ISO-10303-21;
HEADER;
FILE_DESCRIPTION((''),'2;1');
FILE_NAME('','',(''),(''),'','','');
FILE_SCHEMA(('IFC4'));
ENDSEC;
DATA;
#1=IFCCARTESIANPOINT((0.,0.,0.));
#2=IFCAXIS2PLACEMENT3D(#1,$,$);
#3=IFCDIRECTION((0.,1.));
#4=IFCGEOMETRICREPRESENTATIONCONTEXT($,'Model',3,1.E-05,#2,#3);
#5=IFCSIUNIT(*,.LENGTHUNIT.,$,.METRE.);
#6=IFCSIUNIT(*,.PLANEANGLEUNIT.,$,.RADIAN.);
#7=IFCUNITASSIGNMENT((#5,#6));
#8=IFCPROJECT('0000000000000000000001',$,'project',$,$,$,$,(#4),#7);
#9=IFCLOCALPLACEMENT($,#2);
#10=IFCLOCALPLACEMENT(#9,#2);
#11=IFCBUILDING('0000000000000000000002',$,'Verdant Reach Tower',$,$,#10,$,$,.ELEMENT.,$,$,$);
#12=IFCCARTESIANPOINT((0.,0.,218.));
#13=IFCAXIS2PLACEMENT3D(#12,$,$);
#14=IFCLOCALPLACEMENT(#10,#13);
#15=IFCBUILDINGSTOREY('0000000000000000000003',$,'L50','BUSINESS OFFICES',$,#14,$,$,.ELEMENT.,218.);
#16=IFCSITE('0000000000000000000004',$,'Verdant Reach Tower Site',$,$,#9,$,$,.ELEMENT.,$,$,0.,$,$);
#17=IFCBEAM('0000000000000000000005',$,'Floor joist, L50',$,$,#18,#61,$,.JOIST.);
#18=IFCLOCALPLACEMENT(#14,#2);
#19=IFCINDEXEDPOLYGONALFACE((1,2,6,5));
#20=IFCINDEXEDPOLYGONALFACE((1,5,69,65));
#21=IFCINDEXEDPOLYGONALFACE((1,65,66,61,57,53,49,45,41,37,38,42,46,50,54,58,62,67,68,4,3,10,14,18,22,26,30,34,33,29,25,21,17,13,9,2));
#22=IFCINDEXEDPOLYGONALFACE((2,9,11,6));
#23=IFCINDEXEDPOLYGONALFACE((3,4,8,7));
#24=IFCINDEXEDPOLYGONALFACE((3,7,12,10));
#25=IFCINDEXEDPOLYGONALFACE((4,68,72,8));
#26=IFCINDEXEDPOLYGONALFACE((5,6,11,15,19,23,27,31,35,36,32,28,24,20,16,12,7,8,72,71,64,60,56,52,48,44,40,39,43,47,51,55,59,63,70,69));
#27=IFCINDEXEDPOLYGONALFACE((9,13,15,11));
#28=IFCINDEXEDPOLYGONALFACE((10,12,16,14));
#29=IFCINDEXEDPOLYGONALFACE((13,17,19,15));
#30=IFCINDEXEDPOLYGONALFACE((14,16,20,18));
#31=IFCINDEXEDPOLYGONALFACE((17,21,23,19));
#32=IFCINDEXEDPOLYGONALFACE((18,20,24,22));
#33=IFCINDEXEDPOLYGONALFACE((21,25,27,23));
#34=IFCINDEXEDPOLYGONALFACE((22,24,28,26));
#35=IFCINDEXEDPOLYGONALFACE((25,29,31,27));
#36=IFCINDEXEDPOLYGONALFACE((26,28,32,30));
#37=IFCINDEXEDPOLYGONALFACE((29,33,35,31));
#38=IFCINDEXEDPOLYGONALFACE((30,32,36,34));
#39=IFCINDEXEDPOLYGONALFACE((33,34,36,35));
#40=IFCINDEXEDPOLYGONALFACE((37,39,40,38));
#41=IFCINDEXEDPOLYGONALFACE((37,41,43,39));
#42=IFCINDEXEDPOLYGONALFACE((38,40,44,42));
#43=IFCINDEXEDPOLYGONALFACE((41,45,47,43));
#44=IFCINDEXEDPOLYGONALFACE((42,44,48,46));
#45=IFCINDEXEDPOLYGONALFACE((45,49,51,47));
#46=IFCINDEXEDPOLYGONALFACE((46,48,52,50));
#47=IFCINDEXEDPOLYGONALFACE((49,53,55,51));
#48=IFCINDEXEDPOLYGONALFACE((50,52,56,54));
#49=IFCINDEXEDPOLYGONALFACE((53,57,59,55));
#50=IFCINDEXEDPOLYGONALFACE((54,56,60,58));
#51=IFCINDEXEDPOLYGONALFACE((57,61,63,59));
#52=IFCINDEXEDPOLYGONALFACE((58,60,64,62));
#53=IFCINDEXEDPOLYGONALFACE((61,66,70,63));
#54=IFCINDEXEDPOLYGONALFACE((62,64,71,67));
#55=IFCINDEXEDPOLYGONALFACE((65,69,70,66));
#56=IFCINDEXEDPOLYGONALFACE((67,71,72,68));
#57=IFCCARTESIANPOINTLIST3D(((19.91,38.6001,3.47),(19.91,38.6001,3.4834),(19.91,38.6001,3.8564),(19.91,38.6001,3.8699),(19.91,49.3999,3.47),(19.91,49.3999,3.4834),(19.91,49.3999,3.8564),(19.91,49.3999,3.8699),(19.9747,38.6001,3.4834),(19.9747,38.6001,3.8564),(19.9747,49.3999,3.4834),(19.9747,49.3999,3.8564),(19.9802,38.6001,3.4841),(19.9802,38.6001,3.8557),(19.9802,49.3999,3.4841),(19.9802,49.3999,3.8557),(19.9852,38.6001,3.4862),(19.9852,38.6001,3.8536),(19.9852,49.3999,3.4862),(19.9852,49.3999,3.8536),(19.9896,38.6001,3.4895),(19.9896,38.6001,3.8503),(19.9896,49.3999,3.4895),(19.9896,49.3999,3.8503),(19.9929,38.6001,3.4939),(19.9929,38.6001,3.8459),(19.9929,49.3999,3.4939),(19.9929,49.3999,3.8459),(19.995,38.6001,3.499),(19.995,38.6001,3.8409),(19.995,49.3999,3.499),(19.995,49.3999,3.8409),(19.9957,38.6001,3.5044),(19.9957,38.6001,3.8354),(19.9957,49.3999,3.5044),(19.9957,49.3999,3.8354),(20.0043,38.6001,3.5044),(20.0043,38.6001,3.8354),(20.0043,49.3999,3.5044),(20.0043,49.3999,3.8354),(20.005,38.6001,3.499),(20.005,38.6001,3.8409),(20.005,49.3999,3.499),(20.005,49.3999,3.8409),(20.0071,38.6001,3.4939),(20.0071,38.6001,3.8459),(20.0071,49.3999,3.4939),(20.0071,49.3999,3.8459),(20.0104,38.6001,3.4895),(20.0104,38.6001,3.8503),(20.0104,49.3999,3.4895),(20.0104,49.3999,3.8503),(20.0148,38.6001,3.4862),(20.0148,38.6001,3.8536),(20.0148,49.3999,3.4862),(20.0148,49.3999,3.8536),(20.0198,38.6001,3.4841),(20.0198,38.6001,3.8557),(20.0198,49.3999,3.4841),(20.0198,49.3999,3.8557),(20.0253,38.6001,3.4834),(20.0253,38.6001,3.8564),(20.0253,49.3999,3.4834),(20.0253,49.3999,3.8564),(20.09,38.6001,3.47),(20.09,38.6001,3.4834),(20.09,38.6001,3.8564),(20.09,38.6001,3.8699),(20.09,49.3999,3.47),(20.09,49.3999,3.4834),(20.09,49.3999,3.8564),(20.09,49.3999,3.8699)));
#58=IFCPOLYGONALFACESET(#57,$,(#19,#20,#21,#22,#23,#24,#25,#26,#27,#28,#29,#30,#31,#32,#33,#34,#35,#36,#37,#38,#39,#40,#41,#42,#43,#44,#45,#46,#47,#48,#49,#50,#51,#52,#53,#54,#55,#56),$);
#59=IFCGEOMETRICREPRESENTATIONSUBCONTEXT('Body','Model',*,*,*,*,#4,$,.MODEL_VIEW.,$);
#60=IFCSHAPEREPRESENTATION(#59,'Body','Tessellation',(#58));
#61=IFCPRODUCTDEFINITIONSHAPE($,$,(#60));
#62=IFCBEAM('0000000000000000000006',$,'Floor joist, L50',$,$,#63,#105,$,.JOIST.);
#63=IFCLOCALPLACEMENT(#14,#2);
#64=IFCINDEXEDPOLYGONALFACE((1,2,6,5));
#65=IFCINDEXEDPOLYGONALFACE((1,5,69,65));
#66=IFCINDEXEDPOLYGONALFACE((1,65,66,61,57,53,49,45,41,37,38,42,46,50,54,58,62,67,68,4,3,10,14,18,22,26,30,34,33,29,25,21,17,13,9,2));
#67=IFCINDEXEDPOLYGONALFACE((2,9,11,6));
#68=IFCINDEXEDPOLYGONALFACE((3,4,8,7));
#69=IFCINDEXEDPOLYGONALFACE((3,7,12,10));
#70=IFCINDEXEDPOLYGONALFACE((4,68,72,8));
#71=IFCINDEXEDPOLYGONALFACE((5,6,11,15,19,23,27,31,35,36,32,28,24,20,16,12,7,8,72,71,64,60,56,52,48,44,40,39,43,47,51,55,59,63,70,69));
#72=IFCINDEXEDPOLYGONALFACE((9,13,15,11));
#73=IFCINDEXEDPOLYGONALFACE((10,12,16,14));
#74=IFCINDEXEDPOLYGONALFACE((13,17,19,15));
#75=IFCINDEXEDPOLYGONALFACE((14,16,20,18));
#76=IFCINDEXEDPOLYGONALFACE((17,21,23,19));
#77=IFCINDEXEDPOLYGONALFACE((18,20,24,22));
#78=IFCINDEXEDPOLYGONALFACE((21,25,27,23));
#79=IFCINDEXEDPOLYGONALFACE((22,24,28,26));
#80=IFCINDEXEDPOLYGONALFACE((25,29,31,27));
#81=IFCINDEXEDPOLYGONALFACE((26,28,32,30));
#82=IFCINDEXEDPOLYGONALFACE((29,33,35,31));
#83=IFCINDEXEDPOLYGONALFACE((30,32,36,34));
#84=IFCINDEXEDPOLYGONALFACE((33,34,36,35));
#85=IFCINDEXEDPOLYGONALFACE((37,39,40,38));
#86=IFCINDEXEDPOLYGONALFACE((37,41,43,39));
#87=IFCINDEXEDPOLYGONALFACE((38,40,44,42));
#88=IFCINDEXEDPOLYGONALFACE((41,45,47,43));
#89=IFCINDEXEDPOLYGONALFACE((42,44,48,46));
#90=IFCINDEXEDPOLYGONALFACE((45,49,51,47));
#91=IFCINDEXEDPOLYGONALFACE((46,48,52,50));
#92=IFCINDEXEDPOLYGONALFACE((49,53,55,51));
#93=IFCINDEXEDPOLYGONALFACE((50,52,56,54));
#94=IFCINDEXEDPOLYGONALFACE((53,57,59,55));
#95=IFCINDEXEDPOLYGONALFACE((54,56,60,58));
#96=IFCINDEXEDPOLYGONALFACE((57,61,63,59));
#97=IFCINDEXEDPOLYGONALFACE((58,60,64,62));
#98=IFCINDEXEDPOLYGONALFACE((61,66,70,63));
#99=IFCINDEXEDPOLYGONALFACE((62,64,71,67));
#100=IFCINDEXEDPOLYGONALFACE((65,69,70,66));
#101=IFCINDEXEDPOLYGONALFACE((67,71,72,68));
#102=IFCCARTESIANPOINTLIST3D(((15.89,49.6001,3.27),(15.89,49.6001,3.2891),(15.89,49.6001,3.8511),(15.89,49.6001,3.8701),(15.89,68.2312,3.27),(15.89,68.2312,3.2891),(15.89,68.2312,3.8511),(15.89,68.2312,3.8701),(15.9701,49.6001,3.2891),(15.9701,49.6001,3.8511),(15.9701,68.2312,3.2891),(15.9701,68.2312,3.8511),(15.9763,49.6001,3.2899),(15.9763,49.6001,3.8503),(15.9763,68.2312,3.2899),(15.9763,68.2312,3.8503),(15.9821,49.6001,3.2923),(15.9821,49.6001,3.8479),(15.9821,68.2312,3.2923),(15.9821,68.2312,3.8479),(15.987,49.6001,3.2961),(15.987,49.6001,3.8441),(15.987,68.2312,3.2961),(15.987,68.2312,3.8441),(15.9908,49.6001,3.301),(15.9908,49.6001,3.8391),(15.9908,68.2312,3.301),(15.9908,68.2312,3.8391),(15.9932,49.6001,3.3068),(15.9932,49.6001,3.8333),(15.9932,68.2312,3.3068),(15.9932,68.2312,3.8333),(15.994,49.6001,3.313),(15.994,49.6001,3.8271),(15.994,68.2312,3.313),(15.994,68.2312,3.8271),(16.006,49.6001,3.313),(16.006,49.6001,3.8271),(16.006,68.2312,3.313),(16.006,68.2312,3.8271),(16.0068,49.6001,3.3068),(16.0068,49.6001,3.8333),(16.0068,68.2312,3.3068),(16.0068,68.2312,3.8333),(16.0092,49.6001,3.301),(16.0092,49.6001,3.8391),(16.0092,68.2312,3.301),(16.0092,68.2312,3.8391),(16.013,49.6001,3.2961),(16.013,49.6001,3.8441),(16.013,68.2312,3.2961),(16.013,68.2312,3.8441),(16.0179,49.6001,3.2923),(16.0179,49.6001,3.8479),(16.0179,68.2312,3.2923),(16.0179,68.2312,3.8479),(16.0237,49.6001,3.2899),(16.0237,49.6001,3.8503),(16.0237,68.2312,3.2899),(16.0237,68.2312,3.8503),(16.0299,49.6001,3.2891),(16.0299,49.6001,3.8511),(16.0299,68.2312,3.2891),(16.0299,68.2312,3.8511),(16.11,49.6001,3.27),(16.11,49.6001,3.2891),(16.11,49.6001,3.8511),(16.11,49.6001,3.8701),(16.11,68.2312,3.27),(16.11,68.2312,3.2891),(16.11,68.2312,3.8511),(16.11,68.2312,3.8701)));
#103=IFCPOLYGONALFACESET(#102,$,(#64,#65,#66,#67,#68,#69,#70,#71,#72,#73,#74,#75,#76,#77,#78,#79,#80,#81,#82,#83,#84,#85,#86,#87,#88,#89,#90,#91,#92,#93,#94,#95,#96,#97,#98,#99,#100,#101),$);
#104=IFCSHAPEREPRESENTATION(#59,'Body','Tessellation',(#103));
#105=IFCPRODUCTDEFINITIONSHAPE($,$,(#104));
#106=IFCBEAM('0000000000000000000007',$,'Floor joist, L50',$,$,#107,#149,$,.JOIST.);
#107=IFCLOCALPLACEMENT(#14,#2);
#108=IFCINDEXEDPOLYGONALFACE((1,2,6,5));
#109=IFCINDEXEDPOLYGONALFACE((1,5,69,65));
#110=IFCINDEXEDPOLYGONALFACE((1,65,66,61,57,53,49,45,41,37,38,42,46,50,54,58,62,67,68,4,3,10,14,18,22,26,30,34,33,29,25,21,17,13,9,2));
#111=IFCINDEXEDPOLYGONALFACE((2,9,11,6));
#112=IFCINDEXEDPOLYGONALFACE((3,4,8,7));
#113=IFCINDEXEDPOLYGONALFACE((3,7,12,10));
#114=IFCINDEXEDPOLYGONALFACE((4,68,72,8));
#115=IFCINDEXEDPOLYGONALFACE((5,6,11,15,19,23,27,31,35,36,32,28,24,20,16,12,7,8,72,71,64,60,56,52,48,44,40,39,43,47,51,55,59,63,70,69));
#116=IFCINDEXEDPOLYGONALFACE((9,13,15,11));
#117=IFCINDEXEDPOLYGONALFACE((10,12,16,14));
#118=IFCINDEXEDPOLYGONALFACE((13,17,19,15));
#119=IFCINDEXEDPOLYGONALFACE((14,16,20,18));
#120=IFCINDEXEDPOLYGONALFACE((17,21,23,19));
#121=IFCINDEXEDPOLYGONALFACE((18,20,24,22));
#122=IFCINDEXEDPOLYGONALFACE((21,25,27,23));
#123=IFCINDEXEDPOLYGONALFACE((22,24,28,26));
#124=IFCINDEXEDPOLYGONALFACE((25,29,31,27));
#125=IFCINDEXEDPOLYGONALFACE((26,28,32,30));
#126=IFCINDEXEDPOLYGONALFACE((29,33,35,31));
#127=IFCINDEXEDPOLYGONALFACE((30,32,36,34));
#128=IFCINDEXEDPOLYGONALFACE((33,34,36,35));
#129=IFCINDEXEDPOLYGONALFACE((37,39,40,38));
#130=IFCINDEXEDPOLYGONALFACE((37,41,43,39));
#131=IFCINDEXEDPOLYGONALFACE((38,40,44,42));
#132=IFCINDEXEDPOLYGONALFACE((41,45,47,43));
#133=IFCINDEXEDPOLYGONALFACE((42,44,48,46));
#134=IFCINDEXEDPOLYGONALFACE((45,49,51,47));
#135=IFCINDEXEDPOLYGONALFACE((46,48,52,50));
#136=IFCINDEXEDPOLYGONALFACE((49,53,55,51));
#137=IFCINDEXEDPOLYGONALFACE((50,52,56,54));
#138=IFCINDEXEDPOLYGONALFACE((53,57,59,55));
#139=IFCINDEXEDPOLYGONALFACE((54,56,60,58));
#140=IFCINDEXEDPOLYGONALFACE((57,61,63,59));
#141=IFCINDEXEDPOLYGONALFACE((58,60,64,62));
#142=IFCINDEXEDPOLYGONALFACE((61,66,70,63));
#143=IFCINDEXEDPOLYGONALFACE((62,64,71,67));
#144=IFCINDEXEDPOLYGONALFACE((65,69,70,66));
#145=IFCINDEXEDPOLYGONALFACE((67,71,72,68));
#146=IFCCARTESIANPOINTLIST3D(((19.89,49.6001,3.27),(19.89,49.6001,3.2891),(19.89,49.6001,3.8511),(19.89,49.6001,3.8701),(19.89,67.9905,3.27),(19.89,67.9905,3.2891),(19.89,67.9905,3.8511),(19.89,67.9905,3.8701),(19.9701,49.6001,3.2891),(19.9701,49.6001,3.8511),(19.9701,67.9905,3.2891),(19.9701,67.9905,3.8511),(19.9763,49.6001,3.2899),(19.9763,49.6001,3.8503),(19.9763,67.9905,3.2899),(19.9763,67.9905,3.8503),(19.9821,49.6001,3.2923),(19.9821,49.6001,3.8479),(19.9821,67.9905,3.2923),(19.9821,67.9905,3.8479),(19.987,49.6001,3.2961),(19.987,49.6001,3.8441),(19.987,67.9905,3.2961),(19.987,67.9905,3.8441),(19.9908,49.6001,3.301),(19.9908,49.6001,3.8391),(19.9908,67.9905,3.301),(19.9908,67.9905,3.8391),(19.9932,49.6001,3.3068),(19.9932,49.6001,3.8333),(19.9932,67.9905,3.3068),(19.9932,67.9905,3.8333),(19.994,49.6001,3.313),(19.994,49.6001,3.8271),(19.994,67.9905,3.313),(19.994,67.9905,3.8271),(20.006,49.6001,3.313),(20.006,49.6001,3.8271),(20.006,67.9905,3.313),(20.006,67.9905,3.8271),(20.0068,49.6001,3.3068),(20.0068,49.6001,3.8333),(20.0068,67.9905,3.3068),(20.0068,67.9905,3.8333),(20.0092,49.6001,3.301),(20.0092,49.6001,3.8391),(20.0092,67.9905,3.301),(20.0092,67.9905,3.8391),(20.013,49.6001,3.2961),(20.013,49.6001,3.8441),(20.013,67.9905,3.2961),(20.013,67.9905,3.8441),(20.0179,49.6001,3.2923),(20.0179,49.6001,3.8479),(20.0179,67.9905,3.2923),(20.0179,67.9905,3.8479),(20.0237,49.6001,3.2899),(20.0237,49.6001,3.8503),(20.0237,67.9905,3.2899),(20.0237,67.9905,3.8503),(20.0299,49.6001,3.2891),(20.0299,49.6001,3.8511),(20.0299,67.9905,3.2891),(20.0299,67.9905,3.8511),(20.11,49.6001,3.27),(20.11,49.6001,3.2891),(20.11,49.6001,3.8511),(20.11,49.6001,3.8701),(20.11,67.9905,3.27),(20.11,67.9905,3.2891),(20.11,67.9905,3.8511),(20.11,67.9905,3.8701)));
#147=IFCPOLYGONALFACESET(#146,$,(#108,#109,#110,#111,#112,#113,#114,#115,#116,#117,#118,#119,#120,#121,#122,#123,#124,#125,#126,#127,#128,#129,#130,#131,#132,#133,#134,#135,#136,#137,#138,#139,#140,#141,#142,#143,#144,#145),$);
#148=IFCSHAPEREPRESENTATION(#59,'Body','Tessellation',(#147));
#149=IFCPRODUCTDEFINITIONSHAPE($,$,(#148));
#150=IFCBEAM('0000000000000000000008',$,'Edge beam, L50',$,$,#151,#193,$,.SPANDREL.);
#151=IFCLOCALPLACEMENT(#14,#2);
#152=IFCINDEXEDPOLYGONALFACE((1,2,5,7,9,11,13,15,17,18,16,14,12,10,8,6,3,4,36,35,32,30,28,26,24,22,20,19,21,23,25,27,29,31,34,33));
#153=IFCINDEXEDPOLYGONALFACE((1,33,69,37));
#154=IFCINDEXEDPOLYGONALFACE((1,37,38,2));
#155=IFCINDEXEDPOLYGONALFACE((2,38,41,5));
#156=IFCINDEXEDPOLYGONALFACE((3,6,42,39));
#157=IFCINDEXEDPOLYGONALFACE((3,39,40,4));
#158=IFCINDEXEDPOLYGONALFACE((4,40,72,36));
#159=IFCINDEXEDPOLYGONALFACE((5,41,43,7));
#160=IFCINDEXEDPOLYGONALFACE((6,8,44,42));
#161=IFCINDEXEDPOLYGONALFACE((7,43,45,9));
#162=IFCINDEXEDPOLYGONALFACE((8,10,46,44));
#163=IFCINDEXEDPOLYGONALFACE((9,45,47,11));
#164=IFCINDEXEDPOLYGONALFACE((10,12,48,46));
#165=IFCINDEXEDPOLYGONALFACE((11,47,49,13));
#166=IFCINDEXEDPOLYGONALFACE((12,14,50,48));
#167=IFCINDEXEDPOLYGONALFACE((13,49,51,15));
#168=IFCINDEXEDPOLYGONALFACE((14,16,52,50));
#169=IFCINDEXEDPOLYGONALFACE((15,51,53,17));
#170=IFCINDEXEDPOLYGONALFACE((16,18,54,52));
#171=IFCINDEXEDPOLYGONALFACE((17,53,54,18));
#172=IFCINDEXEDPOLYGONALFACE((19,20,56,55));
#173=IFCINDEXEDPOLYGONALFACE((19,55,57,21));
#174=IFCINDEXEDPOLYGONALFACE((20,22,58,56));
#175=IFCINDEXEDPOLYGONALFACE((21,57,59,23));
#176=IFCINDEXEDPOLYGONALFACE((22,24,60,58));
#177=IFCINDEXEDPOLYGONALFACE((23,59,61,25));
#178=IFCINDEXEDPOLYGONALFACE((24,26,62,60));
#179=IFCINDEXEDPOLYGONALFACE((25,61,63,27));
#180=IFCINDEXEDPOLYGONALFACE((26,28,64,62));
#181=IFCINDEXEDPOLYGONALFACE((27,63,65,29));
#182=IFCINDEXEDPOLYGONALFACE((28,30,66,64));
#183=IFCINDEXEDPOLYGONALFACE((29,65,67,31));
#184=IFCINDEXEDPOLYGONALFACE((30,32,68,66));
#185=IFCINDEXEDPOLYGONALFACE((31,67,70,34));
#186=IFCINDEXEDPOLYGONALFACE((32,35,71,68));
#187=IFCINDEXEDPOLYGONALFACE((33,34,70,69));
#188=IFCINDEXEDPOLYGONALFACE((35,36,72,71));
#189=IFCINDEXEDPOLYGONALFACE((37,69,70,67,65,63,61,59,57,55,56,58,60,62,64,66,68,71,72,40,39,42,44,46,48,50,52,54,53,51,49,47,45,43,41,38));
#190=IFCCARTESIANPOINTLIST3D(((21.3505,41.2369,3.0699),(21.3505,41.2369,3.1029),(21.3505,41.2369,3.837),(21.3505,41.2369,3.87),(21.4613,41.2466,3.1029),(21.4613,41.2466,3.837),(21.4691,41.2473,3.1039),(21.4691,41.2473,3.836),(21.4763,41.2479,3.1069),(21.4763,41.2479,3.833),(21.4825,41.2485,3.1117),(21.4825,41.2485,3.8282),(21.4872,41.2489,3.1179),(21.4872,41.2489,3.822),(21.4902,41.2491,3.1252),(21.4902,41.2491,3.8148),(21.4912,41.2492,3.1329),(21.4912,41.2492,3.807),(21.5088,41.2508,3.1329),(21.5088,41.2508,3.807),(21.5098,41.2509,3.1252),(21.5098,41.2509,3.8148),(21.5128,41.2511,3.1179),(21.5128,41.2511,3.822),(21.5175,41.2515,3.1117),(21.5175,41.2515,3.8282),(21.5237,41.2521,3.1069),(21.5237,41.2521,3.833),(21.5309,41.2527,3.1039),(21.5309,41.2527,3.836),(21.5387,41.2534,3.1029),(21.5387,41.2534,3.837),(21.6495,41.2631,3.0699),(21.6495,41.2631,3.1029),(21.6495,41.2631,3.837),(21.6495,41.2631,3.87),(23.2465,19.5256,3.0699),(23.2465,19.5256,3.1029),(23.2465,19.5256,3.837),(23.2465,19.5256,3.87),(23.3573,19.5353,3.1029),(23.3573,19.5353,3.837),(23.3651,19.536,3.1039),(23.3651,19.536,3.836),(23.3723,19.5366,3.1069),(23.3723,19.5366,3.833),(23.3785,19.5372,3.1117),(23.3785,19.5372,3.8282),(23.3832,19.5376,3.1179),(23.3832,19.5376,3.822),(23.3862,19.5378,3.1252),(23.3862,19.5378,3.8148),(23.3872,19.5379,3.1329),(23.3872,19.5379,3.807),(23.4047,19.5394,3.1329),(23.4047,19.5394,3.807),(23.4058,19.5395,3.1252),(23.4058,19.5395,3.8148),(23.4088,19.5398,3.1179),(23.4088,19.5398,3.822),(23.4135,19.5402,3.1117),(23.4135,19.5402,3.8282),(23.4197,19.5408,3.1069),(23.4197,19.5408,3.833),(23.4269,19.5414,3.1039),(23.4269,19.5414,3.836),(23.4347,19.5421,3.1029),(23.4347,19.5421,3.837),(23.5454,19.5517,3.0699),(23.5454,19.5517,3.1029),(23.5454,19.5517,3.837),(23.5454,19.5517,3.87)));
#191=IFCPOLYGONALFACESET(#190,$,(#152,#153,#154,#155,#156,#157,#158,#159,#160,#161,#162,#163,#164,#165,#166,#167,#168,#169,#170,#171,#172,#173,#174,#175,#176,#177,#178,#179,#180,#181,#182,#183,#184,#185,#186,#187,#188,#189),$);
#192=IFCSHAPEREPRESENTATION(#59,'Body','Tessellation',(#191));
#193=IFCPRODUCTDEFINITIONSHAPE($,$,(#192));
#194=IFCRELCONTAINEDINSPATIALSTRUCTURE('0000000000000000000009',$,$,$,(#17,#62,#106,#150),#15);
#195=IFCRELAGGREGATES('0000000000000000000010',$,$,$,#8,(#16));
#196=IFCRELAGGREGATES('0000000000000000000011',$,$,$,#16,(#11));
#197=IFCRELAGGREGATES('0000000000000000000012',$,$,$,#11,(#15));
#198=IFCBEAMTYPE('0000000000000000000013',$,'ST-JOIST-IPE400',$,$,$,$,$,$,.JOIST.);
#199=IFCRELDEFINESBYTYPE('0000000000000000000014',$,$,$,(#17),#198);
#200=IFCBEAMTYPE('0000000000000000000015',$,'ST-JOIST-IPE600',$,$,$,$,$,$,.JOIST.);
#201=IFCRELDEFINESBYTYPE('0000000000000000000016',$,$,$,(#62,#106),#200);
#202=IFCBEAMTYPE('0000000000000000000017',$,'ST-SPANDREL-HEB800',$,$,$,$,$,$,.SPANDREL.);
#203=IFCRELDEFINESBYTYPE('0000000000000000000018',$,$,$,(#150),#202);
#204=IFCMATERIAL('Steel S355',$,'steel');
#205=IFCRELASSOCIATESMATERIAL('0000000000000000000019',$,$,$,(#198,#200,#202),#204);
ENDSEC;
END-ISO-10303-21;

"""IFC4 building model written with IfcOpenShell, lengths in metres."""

from ifc_helpers import new_model, si_unit, direction, frame, origin, origin_2d, place, context, subcontext, project, spatial, i_section, extrude, material, material_profile, profile_set, type_object, element, save


model = new_model("IFC4")

# Units and contexts
model_context = context("Model", 3, precision=1e-05, world=origin(), true_north=direction((0.0, 1.0)))
body_context = subcontext(model_context, "Body", "Model", "MODEL_VIEW")
ifc_project = project(units=[si_unit("LENGTHUNIT", "METRE"), si_unit("PLANEANGLEUNIT", "RADIAN")], contexts=[model_context])

# Site, building, storey
site_placement = place(None, origin())
site = spatial("IfcSite", under=ifc_project, at=site_placement, Name="Verdant Reach Tower Site", CompositionType="ELEMENT", RefElevation=0.0)
building_placement = place(site_placement, origin())
building = spatial("IfcBuilding", under=site, at=building_placement, Name="Verdant Reach Tower", CompositionType="ELEMENT")
storey_placement = place(building_placement, frame((0.0, 0.0, 218.0)))
storey = spatial("IfcBuildingStorey", under=building, at=storey_placement, Name="L50", Description="BUSINESS OFFICES", CompositionType="ELEMENT", Elevation=218.0)

# Beams
ifc_material_1 = material(Name="Steel S355", Category="steel")
ifc_material_profile_1 = material_profile(ifc_material_1, i_section(OverallWidth=0.1799, OverallDepth=0.3999, WebThickness=0.0085, FlangeThickness=0.0134, FilletRadius=0.021, at=origin_2d()), Name="IPE 400")
ifc_profile_set_1 = profile_set([ifc_material_profile_1], Name="Steel S355")
beam_type_1 = type_object("IfcBeamType", Name="ST-JOIST-IPE400", PredefinedType="JOIST", material=ifc_profile_set_1)
for number, where, z_axis, x_axis, name in (
    (1, (20.0, 38.6001, 3.6699), (0.0, 1.0, 0.0), (-1.0, 0.0, 0.0), "Floor joist, L50"),
):
    element("IfcBeam", number, at=place(storey_placement, frame(where, z_axis=z_axis, x_axis=x_axis)), inside=storey, type_object=beam_type_1, Name=name, PredefinedType="JOIST", context=body_context, shape_type="SweptSolid", body=[
        extrude(i_section(OverallWidth=0.1799, OverallDepth=0.3999, WebThickness=0.0085, FlangeThickness=0.0134, FilletRadius=0.021, at=origin_2d()), origin(), (0.0, 0.0, 1.0), 10.7998),
    ])
ifc_material_profile_2 = material_profile(ifc_material_1, i_section(OverallWidth=0.22, OverallDepth=0.6001, WebThickness=0.012, FlangeThickness=0.019, FilletRadius=0.0239, at=origin_2d()), Name="IPE 600")
ifc_profile_set_2 = profile_set([ifc_material_profile_2], Name="Steel S355")
beam_type_2 = type_object("IfcBeamType", Name="ST-JOIST-IPE600", PredefinedType="JOIST", material=ifc_profile_set_2)
beam_1_placement = place(storey_placement, frame((16.0, 49.6001, 3.5701), z_axis=(0.0, 1.0, 0.0), x_axis=(-1.0, 0.0, 0.0)))
element("IfcBeam", 2, at=beam_1_placement, inside=storey, type_object=beam_type_2, Name="Floor joist, L50", PredefinedType="JOIST", context=body_context, shape_type="SweptSolid", body=[
    extrude(i_section(OverallWidth=0.22, OverallDepth=0.6001, WebThickness=0.012, FlangeThickness=0.019, FilletRadius=0.0239, at=origin_2d()), origin(), (0.0, 0.0, 1.0), 18.6311),
])
beam_2_placement = place(storey_placement, frame((20.0, 49.6001, 3.5701), z_axis=(0.0, 1.0, 0.0), x_axis=(-1.0, 0.0, 0.0)))
element("IfcBeam", 3, at=beam_2_placement, inside=storey, type_object=beam_type_2, Name="Floor joist, L50", PredefinedType="JOIST", context=body_context, shape_type="SweptSolid", body=[
    extrude(i_section(OverallWidth=0.22, OverallDepth=0.6001, WebThickness=0.012, FlangeThickness=0.019, FilletRadius=0.0239, at=origin_2d()), origin(), (0.0, 0.0, 1.0), 18.3904),
])
ifc_material_profile_3 = material_profile(ifc_material_1, i_section(OverallWidth=0.3, OverallDepth=0.8, WebThickness=0.0176, FlangeThickness=0.033, FilletRadius=0.03, at=origin_2d()), Name="HEB 800")
ifc_profile_set_3 = profile_set([ifc_material_profile_3], Name="Steel S355")
beam_type_3 = type_object("IfcBeamType", Name="ST-SPANDREL-HEB800", PredefinedType="SPANDREL", material=ifc_profile_set_3)
beam_3_placement = place(storey_placement, frame((21.5, 41.25, 3.47), z_axis=(0.086996, -0.996209, 0.0), x_axis=(0.996209, 0.086996, 0.0)))
element("IfcBeam", 4, at=beam_3_placement, inside=storey, type_object=beam_type_3, Name="Edge beam, L50", PredefinedType="SPANDREL", context=body_context, shape_type="SweptSolid", body=[
    extrude(i_section(OverallWidth=0.3, OverallDepth=0.8, WebThickness=0.0176, FlangeThickness=0.033, FilletRadius=0.03, at=origin_2d()), origin(), (0.0, 0.0, 1.0), 21.7939),
])

save(model, "model.ifc")
